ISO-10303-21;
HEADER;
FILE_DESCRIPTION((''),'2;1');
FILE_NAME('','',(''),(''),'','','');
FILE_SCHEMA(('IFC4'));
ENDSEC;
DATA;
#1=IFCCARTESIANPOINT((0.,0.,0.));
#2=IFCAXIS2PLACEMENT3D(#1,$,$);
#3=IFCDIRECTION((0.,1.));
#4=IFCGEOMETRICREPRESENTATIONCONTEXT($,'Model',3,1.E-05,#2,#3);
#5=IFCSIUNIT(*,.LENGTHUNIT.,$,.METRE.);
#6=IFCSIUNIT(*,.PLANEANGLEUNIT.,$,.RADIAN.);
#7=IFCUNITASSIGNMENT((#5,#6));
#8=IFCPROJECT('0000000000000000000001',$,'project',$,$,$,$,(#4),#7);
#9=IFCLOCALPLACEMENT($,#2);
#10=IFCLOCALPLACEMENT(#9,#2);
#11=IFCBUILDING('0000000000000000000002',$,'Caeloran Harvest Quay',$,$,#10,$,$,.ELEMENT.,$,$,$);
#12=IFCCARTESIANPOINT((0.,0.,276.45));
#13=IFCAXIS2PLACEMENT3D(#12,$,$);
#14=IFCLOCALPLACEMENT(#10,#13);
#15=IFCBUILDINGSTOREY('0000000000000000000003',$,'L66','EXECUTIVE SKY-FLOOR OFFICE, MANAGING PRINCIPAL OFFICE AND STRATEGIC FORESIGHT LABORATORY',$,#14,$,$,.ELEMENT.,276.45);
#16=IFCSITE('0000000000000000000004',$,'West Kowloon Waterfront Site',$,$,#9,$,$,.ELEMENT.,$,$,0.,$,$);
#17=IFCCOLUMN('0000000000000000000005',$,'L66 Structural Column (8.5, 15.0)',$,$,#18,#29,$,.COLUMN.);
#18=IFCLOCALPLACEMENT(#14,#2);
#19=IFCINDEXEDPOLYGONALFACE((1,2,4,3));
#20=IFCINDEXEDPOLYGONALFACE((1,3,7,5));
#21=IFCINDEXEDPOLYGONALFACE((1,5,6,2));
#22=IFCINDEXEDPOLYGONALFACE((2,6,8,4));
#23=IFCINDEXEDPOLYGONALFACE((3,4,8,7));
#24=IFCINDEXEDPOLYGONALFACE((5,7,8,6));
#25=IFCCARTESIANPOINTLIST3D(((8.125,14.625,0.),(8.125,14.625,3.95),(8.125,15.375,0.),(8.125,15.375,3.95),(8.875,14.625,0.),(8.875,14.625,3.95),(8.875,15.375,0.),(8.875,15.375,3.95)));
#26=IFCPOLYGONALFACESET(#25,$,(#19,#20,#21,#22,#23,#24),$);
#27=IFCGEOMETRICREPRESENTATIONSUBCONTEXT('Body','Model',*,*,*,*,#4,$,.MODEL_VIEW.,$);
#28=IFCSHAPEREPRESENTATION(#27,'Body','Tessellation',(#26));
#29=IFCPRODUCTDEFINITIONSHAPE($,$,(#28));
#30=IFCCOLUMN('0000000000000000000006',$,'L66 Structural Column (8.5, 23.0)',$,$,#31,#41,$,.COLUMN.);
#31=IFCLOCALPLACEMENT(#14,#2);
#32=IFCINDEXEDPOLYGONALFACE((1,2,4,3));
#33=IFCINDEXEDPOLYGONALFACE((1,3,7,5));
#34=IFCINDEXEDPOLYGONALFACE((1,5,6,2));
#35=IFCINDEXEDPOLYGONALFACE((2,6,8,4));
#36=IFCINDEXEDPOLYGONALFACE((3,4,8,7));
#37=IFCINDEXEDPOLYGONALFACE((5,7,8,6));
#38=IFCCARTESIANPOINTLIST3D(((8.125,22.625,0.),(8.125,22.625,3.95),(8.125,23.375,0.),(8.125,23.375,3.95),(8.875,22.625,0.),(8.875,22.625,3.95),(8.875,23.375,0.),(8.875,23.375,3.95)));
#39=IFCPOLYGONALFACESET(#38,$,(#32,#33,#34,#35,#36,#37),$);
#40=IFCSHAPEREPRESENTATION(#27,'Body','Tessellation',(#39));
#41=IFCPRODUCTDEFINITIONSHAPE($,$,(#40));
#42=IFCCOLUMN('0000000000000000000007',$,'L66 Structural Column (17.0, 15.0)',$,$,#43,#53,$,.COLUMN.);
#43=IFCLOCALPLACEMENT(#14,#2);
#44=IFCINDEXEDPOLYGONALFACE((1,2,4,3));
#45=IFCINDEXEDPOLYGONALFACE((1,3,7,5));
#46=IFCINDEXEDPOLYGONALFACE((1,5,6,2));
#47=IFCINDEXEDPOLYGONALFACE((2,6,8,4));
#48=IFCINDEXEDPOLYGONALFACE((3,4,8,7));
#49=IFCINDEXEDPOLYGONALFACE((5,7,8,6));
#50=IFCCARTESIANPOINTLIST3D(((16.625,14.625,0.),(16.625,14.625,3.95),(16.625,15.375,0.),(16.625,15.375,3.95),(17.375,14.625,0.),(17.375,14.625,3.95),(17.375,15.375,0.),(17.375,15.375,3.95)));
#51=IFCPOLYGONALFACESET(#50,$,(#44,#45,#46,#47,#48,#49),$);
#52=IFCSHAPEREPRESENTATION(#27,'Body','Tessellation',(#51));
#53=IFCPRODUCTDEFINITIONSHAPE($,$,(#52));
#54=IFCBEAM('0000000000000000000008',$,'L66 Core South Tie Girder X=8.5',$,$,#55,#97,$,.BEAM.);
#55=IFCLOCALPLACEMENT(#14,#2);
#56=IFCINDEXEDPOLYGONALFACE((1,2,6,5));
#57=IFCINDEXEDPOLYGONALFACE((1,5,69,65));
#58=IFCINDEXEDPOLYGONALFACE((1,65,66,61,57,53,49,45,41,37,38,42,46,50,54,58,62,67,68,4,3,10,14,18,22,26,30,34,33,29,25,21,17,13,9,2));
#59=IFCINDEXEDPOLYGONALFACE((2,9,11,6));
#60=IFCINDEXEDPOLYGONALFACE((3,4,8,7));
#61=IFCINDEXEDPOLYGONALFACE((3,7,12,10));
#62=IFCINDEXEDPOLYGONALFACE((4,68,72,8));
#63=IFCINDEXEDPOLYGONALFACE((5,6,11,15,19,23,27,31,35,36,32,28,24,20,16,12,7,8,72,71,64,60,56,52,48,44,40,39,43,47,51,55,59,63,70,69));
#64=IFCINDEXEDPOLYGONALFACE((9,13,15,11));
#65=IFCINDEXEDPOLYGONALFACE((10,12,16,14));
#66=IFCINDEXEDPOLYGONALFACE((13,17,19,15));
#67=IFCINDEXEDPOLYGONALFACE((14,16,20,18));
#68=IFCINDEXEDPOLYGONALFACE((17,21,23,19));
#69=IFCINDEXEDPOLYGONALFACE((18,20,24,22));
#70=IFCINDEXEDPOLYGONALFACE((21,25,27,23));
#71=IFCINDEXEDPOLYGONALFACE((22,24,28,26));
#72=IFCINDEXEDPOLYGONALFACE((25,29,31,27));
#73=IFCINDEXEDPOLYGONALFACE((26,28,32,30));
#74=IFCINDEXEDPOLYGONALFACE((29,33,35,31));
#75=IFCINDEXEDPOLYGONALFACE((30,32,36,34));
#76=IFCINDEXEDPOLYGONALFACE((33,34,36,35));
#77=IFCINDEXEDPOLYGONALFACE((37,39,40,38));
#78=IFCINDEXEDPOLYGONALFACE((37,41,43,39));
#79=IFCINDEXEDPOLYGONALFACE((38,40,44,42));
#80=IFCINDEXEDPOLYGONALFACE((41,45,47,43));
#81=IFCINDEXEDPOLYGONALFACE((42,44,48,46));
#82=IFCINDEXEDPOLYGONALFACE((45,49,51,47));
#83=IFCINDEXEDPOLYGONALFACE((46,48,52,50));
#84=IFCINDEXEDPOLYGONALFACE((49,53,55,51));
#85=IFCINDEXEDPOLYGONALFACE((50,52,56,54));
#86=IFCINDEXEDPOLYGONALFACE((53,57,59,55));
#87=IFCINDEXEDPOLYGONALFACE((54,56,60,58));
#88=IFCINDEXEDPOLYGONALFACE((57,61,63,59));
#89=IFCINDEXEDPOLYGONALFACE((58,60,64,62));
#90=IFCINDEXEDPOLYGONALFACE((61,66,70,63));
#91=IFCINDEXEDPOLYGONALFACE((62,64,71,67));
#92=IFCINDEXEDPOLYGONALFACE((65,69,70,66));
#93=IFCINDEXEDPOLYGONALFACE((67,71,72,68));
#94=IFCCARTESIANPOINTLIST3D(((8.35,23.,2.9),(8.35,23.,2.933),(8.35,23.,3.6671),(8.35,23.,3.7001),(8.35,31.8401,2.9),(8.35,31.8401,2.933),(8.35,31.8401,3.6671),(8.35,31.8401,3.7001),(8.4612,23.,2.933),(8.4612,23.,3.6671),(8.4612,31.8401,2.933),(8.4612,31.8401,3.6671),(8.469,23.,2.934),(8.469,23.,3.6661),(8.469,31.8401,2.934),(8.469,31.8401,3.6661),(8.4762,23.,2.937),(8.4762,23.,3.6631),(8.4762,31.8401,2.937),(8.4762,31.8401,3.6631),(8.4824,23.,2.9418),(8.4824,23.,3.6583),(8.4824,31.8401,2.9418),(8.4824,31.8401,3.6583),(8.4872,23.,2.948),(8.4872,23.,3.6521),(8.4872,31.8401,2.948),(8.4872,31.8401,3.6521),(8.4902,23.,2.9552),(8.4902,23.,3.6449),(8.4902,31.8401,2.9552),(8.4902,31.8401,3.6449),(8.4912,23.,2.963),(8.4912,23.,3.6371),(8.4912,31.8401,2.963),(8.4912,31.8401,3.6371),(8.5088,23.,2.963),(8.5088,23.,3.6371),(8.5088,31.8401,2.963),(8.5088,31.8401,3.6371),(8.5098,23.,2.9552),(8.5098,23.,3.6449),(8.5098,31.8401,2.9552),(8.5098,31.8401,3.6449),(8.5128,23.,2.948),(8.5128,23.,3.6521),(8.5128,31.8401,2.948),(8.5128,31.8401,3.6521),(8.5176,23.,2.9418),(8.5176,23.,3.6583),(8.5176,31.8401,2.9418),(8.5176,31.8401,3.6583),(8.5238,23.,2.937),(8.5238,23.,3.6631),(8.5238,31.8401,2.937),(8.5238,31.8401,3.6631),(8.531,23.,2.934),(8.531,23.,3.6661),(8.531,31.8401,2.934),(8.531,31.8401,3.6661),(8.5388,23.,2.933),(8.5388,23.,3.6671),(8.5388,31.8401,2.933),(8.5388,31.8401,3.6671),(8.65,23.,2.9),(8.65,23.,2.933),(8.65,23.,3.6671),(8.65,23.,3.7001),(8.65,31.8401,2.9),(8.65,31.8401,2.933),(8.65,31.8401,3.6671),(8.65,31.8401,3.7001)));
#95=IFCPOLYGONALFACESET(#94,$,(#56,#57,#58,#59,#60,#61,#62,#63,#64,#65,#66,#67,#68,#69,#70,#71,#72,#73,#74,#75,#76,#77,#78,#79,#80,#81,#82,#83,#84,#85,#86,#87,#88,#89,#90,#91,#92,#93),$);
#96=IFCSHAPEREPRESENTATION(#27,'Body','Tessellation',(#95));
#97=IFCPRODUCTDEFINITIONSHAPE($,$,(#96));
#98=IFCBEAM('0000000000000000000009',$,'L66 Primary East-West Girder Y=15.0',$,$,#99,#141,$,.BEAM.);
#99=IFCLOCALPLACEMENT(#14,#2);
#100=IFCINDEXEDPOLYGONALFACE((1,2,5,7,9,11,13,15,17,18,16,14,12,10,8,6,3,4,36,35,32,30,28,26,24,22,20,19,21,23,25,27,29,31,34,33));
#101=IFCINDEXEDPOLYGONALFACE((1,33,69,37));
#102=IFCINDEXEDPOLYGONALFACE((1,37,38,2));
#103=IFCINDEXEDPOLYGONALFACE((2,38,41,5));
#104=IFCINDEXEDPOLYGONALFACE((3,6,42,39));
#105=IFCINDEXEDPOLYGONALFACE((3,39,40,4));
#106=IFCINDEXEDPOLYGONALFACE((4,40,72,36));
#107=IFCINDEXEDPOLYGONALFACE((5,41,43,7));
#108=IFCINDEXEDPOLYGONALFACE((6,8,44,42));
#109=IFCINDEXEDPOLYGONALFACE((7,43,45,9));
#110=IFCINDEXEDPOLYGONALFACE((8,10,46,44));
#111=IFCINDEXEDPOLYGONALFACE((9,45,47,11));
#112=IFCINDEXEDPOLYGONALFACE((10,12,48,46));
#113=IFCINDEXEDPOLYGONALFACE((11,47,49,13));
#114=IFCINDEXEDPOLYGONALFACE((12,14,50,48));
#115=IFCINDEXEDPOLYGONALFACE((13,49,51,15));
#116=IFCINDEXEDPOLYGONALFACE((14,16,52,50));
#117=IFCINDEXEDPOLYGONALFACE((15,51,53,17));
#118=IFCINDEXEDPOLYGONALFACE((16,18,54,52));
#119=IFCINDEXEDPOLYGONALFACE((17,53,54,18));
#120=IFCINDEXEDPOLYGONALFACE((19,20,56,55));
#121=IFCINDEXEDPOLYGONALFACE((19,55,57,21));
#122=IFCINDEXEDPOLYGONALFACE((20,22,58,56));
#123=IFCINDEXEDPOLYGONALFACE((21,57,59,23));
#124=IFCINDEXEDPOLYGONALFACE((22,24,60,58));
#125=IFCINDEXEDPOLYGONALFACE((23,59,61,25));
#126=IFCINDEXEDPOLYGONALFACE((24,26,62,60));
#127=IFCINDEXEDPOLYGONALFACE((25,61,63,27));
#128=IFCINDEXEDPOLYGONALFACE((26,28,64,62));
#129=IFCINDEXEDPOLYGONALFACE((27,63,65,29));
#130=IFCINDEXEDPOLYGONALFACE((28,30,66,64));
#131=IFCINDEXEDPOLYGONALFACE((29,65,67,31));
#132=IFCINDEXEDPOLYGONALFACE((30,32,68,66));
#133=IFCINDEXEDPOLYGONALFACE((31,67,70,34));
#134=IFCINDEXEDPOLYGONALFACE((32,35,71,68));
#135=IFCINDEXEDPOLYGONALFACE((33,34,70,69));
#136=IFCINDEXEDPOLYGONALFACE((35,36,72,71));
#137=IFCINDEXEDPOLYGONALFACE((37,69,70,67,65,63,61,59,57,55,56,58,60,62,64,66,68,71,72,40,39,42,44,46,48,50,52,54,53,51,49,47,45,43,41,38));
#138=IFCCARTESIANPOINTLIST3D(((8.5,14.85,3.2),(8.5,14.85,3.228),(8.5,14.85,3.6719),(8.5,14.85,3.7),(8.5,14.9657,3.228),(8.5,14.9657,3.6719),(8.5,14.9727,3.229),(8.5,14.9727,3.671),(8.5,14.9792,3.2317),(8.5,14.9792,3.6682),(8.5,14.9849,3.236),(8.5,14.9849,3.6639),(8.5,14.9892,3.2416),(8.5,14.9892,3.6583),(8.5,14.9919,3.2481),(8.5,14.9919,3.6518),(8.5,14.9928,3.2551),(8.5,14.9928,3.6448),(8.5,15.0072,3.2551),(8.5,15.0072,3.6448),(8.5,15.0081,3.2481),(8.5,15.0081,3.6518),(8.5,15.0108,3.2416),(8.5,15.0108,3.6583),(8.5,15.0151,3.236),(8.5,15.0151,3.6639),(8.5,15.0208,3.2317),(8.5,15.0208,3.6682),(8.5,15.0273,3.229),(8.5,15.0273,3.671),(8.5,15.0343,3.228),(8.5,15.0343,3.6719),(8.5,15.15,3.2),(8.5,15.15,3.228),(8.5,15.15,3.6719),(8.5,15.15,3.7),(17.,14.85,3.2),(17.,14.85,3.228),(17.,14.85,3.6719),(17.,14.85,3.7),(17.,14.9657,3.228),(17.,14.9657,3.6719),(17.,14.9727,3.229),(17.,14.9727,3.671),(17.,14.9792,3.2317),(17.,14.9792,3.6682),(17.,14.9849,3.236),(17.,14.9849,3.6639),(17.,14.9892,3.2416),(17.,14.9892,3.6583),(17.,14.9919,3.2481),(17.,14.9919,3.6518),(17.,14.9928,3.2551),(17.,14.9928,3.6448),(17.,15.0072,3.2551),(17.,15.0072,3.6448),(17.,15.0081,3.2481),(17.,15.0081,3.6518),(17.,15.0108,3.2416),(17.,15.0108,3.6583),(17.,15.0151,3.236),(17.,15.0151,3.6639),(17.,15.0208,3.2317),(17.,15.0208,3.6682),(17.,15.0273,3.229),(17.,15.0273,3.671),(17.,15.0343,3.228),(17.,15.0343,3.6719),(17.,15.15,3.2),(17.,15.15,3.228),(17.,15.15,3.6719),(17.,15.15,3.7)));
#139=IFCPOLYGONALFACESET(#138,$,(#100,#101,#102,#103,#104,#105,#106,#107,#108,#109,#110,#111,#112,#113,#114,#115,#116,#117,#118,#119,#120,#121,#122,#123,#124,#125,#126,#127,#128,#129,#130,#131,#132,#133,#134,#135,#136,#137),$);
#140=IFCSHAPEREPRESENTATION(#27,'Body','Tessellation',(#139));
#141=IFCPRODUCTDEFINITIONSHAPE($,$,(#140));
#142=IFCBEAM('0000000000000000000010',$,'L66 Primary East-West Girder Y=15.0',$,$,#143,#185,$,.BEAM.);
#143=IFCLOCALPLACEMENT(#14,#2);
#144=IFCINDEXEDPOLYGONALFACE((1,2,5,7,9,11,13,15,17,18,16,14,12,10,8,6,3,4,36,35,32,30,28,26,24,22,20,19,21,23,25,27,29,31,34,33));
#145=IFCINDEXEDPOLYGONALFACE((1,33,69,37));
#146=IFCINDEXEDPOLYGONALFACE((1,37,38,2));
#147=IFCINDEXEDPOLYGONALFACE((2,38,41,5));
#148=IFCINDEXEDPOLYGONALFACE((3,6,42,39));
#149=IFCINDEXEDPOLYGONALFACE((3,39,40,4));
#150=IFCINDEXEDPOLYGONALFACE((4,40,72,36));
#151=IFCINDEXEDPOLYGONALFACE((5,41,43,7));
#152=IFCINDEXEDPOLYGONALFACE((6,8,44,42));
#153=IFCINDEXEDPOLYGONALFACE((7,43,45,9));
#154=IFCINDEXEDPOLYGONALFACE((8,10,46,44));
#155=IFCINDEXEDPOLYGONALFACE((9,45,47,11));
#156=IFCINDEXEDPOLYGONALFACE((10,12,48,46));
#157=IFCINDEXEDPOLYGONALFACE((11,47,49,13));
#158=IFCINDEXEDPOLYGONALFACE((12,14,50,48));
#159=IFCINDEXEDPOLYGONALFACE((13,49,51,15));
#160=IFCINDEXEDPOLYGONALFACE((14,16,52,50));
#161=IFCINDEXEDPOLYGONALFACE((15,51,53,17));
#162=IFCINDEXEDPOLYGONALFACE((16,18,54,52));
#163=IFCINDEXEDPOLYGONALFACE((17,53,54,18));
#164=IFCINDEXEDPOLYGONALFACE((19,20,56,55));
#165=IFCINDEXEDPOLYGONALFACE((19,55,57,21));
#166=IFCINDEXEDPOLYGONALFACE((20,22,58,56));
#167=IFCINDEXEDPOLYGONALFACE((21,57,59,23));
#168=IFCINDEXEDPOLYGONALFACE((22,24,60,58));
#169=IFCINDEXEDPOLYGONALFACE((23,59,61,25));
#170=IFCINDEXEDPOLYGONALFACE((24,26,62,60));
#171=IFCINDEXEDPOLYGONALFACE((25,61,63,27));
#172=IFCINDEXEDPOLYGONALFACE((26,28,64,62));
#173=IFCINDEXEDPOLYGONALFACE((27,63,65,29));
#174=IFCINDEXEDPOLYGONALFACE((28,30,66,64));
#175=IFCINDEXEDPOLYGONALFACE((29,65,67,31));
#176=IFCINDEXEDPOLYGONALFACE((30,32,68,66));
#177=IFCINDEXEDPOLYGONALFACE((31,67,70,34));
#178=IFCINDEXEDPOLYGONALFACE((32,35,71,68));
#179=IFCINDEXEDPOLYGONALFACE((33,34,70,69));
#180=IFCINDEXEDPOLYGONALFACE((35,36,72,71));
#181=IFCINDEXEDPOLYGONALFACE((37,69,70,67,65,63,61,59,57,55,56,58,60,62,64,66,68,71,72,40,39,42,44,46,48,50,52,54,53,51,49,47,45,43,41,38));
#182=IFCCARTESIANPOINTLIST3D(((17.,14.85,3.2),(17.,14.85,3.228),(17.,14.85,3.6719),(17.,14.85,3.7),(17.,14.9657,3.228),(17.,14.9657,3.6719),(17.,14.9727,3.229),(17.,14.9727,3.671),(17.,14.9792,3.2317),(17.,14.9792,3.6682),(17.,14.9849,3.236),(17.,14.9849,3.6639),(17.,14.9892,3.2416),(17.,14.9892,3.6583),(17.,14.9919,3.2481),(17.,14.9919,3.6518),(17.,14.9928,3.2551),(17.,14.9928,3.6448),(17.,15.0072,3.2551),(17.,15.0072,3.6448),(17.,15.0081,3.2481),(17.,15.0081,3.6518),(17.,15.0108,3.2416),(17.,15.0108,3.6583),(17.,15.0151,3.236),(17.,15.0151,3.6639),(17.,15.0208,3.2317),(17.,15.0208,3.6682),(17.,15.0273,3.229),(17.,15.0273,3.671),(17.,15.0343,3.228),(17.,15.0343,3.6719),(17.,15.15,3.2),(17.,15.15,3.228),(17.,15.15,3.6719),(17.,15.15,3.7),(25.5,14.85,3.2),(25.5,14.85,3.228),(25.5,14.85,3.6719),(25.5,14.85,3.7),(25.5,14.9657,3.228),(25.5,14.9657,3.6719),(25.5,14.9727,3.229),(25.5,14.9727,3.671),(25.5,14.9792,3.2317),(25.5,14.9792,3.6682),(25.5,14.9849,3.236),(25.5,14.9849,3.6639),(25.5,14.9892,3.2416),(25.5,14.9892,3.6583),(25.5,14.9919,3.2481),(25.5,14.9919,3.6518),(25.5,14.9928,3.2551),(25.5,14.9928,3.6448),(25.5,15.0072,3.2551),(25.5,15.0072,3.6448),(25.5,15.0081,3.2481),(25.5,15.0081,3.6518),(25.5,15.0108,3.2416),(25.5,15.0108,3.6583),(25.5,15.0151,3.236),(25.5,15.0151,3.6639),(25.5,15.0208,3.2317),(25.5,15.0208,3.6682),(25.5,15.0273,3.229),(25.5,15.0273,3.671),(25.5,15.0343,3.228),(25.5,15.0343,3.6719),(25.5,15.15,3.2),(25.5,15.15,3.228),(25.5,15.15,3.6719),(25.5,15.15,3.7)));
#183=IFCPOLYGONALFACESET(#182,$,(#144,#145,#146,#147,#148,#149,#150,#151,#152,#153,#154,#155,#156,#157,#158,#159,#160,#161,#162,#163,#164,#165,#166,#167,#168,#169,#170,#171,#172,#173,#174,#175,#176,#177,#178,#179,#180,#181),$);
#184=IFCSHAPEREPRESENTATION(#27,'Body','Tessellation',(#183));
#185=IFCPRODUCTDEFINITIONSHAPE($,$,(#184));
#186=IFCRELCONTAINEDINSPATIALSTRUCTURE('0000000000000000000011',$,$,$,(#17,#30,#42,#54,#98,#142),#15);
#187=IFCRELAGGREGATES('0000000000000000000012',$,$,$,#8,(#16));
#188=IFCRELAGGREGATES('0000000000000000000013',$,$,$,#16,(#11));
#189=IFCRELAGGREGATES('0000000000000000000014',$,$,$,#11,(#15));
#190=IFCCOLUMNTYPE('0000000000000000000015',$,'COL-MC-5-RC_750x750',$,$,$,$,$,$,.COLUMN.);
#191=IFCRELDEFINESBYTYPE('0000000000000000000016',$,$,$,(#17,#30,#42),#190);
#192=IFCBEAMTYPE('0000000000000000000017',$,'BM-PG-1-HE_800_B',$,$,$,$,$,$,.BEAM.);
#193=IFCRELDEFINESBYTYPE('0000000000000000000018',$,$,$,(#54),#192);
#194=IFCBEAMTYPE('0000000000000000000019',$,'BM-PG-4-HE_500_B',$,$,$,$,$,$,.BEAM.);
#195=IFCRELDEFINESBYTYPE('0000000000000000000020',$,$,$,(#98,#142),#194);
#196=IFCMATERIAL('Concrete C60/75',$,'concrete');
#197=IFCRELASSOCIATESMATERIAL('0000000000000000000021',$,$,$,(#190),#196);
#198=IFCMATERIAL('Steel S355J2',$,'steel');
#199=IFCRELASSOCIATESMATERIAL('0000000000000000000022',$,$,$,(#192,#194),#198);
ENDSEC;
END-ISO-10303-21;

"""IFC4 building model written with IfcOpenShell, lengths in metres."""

from ifc_helpers import new_model, si_unit, direction, frame, origin, origin_2d, place, context, subcontext, project, spatial, rectangle, i_section, extrude, material, material_profile, profile_set, type_object, element, save


model = new_model("IFC4")

# Units and contexts
model_context = context("Model", 3, precision=1e-05, world=origin(), true_north=direction((0.0, 1.0)))
body_context = subcontext(model_context, "Body", "Model", "MODEL_VIEW")
ifc_project = project(units=[si_unit("LENGTHUNIT", "METRE"), si_unit("PLANEANGLEUNIT", "RADIAN")], contexts=[model_context])

# Site, building, storey
site_placement = place(None, origin())
site = spatial("IfcSite", under=ifc_project, at=site_placement, Name="West Kowloon Waterfront Site", CompositionType="ELEMENT", RefElevation=0.0)
building_placement = place(site_placement, origin())
building = spatial("IfcBuilding", under=site, at=building_placement, Name="Caeloran Harvest Quay", CompositionType="ELEMENT")
storey_placement = place(building_placement, frame((0.0, 0.0, 276.45)))
storey = spatial("IfcBuildingStorey", under=building, at=storey_placement, Name="L66", Description="EXECUTIVE SKY-FLOOR OFFICE, MANAGING PRINCIPAL OFFICE AND STRATEGIC FORESIGHT LABORATORY", CompositionType="ELEMENT", Elevation=276.45)

# Columns
ifc_material_1 = material(Name="Concrete C60/75", Category="concrete")
ifc_material_profile_1 = material_profile(ifc_material_1, rectangle(XDim=0.75, YDim=0.75, at=origin_2d()), Name="RC 750x750")
ifc_profile_set_1 = profile_set([ifc_material_profile_1], Name="Concrete C60/75")
column_type = type_object("IfcColumnType", Name="COL-MC-5-RC_750x750", PredefinedType="COLUMN", material=ifc_profile_set_1)
for number, where, z_axis, x_axis, name in (
    (1, (8.5, 15.0, 0.0), (0.0, 0.0, 1.0), (1.0, 0.0, 0.0), "L66 Structural Column (8.5, 15.0)"),
    (2, (8.5, 23.0, 0.0), (0.0, 0.0, 1.0), (1.0, 0.0, 0.0), "L66 Structural Column (8.5, 23.0)"),
    (3, (17.0, 15.0, 0.0), (0.0, 0.0, 1.0), (1.0, 0.0, 0.0), "L66 Structural Column (17.0, 15.0)"),
):
    element("IfcColumn", number, at=place(storey_placement, frame(where, z_axis=z_axis, x_axis=x_axis)), inside=storey, type_object=column_type, Name=name, PredefinedType="COLUMN", context=body_context, shape_type="SweptSolid", body=[
        extrude(rectangle(XDim=0.75, YDim=0.75, at=origin_2d()), origin(), (0.0, 0.0, 1.0), 3.95),
    ])

# Beams
ifc_material_2 = material(Name="Steel S355J2", Category="steel")
ifc_material_profile_2 = material_profile(ifc_material_2, i_section(OverallWidth=0.3, OverallDepth=0.8, WebThickness=0.0176, FlangeThickness=0.033, FilletRadius=0.03, at=origin_2d()), Name="HE 800 B")
ifc_profile_set_2 = profile_set([ifc_material_profile_2], Name="Steel S355J2")
beam_type_1 = type_object("IfcBeamType", Name="BM-PG-1-HE_800_B", PredefinedType="BEAM", material=ifc_profile_set_2)
beam_1_placement = place(storey_placement, frame((8.5, 23.0, 3.3), z_axis=(0.0, 1.0, 0.0), x_axis=(-1.0, 0.0, 0.0)))
element("IfcBeam", 4, at=beam_1_placement, inside=storey, type_object=beam_type_1, Name="L66 Core South Tie Girder X=8.5", PredefinedType="BEAM", context=body_context, shape_type="SweptSolid", body=[
    extrude(i_section(OverallWidth=0.3, OverallDepth=0.8, WebThickness=0.0176, FlangeThickness=0.033, FilletRadius=0.03, at=origin_2d()), origin(), (0.0, 0.0, 1.0), 8.8401),
])
ifc_material_profile_3 = material_profile(ifc_material_2, i_section(OverallWidth=0.3, OverallDepth=0.5, WebThickness=0.0144, FlangeThickness=0.0281, FilletRadius=0.0271, at=origin_2d()), Name="HE 500 B")
ifc_profile_set_3 = profile_set([ifc_material_profile_3], Name="Steel S355J2")
beam_type_2 = type_object("IfcBeamType", Name="BM-PG-4-HE_500_B", PredefinedType="BEAM", material=ifc_profile_set_3)
for number, where, z_axis, x_axis, name in (
    (5, (8.5, 15.0, 3.45), (1.0, 0.0, 0.0), (0.0, 1.0, 0.0), "L66 Primary East-West Girder Y=15.0"),
    (6, (17.0, 15.0, 3.45), (1.0, 0.0, 0.0), (0.0, 1.0, 0.0), "L66 Primary East-West Girder Y=15.0"),
):
    element("IfcBeam", number, at=place(storey_placement, frame(where, z_axis=z_axis, x_axis=x_axis)), inside=storey, type_object=beam_type_2, Name=name, PredefinedType="BEAM", context=body_context, shape_type="SweptSolid", body=[
        extrude(i_section(OverallWidth=0.3, OverallDepth=0.5, WebThickness=0.0144, FlangeThickness=0.0281, FilletRadius=0.0271, at=origin_2d()), origin(), (0.0, 0.0, 1.0), 8.5),
    ])

save(model, "model.ifc")
